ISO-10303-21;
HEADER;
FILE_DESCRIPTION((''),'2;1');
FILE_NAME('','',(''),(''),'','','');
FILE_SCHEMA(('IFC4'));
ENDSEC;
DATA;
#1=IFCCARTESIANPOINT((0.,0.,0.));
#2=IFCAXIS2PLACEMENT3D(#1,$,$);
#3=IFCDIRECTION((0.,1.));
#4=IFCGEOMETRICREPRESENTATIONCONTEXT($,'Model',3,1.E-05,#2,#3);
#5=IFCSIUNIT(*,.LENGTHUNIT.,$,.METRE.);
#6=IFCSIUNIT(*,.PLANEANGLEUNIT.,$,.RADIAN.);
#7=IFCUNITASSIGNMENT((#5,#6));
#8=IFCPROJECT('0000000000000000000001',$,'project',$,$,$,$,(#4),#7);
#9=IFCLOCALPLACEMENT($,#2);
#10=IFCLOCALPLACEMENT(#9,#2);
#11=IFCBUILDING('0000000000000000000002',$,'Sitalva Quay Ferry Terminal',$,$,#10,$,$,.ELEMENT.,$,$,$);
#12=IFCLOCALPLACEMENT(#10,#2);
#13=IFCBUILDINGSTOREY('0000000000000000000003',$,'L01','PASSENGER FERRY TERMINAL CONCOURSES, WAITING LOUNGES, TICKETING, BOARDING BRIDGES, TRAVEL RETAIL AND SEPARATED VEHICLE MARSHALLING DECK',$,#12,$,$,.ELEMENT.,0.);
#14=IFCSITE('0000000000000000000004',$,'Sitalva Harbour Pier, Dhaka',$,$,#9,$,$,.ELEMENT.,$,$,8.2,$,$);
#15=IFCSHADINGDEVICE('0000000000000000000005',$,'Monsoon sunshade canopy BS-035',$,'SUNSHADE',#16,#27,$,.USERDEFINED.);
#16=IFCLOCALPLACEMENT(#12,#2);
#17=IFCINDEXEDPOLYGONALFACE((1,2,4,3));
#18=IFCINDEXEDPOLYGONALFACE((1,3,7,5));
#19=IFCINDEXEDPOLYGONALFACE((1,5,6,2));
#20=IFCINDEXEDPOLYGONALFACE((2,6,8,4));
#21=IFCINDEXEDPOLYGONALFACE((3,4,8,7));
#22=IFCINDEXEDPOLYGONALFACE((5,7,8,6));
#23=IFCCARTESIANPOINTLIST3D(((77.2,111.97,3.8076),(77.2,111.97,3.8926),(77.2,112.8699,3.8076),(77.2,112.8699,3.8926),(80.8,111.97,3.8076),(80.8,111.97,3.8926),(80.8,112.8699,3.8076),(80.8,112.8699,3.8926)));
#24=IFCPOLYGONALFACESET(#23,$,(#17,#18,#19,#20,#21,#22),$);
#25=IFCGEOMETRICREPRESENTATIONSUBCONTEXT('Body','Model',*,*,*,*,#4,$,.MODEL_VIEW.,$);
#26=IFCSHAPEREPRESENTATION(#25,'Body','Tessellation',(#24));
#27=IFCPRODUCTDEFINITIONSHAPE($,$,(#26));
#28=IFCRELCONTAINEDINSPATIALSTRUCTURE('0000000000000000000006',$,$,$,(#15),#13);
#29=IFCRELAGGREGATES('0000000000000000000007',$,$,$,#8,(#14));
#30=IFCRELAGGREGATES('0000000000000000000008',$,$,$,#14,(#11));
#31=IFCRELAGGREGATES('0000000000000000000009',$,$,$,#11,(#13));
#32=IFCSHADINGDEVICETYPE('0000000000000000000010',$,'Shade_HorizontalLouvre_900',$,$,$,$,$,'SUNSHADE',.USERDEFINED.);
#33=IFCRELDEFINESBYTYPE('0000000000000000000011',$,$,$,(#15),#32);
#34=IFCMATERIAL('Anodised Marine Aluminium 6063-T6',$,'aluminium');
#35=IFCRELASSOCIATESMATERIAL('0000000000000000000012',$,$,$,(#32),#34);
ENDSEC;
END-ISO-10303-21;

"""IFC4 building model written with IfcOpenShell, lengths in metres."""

from ifc_helpers import new_model, si_unit, direction, frame, origin, origin_2d, place, context, subcontext, project, spatial, rectangle, extrude, material, type_object, element, save


model = new_model("IFC4")

# Units and contexts
model_context = context("Model", 3, precision=1e-05, world=origin(), true_north=direction((0.0, 1.0)))
body_context = subcontext(model_context, "Body", "Model", "MODEL_VIEW")
ifc_project = project(units=[si_unit("LENGTHUNIT", "METRE"), si_unit("PLANEANGLEUNIT", "RADIAN")], contexts=[model_context])

# Site, building, storey
site_placement = place(None, origin())
site = spatial("IfcSite", under=ifc_project, at=site_placement, Name="Sitalva Harbour Pier, Dhaka", CompositionType="ELEMENT", RefElevation=8.2)
building_placement = place(site_placement, origin())
building = spatial("IfcBuilding", under=site, at=building_placement, Name="Sitalva Quay Ferry Terminal", CompositionType="ELEMENT")
storey_placement = place(building_placement, origin())
storey = spatial("IfcBuildingStorey", under=building, at=storey_placement, Name="L01", Description="PASSENGER FERRY TERMINAL CONCOURSES, WAITING LOUNGES, TICKETING, BOARDING BRIDGES, TRAVEL RETAIL AND SEPARATED VEHICLE MARSHALLING DECK", CompositionType="ELEMENT", Elevation=0.0)

# Shading device
ifc_material_1 = material(Name="Anodised Marine Aluminium 6063-T6", Category="aluminium")
shading_device_type = type_object("IfcShadingDeviceType", Name="Shade_HorizontalLouvre_900", ElementType="SUNSHADE", PredefinedType="USERDEFINED", material=ifc_material_1)
shading_device_placement = place(storey_placement, frame((79.0, 112.4199, 3.8076), z_axis=(0.0, 0.0, 1.0), x_axis=(1.0, 0.0, 0.0)))
element("IfcShadingDevice", 1, at=shading_device_placement, inside=storey, type_object=shading_device_type, Name="Monsoon sunshade canopy BS-035", ObjectType="SUNSHADE", PredefinedType="USERDEFINED", context=body_context, shape_type="SweptSolid", body=[
    extrude(rectangle(XDim=3.6001, YDim=0.8999, at=origin_2d()), origin(), (0.0, 0.0, 1.0), 0.085),
])

save(model, "model.ifc")
